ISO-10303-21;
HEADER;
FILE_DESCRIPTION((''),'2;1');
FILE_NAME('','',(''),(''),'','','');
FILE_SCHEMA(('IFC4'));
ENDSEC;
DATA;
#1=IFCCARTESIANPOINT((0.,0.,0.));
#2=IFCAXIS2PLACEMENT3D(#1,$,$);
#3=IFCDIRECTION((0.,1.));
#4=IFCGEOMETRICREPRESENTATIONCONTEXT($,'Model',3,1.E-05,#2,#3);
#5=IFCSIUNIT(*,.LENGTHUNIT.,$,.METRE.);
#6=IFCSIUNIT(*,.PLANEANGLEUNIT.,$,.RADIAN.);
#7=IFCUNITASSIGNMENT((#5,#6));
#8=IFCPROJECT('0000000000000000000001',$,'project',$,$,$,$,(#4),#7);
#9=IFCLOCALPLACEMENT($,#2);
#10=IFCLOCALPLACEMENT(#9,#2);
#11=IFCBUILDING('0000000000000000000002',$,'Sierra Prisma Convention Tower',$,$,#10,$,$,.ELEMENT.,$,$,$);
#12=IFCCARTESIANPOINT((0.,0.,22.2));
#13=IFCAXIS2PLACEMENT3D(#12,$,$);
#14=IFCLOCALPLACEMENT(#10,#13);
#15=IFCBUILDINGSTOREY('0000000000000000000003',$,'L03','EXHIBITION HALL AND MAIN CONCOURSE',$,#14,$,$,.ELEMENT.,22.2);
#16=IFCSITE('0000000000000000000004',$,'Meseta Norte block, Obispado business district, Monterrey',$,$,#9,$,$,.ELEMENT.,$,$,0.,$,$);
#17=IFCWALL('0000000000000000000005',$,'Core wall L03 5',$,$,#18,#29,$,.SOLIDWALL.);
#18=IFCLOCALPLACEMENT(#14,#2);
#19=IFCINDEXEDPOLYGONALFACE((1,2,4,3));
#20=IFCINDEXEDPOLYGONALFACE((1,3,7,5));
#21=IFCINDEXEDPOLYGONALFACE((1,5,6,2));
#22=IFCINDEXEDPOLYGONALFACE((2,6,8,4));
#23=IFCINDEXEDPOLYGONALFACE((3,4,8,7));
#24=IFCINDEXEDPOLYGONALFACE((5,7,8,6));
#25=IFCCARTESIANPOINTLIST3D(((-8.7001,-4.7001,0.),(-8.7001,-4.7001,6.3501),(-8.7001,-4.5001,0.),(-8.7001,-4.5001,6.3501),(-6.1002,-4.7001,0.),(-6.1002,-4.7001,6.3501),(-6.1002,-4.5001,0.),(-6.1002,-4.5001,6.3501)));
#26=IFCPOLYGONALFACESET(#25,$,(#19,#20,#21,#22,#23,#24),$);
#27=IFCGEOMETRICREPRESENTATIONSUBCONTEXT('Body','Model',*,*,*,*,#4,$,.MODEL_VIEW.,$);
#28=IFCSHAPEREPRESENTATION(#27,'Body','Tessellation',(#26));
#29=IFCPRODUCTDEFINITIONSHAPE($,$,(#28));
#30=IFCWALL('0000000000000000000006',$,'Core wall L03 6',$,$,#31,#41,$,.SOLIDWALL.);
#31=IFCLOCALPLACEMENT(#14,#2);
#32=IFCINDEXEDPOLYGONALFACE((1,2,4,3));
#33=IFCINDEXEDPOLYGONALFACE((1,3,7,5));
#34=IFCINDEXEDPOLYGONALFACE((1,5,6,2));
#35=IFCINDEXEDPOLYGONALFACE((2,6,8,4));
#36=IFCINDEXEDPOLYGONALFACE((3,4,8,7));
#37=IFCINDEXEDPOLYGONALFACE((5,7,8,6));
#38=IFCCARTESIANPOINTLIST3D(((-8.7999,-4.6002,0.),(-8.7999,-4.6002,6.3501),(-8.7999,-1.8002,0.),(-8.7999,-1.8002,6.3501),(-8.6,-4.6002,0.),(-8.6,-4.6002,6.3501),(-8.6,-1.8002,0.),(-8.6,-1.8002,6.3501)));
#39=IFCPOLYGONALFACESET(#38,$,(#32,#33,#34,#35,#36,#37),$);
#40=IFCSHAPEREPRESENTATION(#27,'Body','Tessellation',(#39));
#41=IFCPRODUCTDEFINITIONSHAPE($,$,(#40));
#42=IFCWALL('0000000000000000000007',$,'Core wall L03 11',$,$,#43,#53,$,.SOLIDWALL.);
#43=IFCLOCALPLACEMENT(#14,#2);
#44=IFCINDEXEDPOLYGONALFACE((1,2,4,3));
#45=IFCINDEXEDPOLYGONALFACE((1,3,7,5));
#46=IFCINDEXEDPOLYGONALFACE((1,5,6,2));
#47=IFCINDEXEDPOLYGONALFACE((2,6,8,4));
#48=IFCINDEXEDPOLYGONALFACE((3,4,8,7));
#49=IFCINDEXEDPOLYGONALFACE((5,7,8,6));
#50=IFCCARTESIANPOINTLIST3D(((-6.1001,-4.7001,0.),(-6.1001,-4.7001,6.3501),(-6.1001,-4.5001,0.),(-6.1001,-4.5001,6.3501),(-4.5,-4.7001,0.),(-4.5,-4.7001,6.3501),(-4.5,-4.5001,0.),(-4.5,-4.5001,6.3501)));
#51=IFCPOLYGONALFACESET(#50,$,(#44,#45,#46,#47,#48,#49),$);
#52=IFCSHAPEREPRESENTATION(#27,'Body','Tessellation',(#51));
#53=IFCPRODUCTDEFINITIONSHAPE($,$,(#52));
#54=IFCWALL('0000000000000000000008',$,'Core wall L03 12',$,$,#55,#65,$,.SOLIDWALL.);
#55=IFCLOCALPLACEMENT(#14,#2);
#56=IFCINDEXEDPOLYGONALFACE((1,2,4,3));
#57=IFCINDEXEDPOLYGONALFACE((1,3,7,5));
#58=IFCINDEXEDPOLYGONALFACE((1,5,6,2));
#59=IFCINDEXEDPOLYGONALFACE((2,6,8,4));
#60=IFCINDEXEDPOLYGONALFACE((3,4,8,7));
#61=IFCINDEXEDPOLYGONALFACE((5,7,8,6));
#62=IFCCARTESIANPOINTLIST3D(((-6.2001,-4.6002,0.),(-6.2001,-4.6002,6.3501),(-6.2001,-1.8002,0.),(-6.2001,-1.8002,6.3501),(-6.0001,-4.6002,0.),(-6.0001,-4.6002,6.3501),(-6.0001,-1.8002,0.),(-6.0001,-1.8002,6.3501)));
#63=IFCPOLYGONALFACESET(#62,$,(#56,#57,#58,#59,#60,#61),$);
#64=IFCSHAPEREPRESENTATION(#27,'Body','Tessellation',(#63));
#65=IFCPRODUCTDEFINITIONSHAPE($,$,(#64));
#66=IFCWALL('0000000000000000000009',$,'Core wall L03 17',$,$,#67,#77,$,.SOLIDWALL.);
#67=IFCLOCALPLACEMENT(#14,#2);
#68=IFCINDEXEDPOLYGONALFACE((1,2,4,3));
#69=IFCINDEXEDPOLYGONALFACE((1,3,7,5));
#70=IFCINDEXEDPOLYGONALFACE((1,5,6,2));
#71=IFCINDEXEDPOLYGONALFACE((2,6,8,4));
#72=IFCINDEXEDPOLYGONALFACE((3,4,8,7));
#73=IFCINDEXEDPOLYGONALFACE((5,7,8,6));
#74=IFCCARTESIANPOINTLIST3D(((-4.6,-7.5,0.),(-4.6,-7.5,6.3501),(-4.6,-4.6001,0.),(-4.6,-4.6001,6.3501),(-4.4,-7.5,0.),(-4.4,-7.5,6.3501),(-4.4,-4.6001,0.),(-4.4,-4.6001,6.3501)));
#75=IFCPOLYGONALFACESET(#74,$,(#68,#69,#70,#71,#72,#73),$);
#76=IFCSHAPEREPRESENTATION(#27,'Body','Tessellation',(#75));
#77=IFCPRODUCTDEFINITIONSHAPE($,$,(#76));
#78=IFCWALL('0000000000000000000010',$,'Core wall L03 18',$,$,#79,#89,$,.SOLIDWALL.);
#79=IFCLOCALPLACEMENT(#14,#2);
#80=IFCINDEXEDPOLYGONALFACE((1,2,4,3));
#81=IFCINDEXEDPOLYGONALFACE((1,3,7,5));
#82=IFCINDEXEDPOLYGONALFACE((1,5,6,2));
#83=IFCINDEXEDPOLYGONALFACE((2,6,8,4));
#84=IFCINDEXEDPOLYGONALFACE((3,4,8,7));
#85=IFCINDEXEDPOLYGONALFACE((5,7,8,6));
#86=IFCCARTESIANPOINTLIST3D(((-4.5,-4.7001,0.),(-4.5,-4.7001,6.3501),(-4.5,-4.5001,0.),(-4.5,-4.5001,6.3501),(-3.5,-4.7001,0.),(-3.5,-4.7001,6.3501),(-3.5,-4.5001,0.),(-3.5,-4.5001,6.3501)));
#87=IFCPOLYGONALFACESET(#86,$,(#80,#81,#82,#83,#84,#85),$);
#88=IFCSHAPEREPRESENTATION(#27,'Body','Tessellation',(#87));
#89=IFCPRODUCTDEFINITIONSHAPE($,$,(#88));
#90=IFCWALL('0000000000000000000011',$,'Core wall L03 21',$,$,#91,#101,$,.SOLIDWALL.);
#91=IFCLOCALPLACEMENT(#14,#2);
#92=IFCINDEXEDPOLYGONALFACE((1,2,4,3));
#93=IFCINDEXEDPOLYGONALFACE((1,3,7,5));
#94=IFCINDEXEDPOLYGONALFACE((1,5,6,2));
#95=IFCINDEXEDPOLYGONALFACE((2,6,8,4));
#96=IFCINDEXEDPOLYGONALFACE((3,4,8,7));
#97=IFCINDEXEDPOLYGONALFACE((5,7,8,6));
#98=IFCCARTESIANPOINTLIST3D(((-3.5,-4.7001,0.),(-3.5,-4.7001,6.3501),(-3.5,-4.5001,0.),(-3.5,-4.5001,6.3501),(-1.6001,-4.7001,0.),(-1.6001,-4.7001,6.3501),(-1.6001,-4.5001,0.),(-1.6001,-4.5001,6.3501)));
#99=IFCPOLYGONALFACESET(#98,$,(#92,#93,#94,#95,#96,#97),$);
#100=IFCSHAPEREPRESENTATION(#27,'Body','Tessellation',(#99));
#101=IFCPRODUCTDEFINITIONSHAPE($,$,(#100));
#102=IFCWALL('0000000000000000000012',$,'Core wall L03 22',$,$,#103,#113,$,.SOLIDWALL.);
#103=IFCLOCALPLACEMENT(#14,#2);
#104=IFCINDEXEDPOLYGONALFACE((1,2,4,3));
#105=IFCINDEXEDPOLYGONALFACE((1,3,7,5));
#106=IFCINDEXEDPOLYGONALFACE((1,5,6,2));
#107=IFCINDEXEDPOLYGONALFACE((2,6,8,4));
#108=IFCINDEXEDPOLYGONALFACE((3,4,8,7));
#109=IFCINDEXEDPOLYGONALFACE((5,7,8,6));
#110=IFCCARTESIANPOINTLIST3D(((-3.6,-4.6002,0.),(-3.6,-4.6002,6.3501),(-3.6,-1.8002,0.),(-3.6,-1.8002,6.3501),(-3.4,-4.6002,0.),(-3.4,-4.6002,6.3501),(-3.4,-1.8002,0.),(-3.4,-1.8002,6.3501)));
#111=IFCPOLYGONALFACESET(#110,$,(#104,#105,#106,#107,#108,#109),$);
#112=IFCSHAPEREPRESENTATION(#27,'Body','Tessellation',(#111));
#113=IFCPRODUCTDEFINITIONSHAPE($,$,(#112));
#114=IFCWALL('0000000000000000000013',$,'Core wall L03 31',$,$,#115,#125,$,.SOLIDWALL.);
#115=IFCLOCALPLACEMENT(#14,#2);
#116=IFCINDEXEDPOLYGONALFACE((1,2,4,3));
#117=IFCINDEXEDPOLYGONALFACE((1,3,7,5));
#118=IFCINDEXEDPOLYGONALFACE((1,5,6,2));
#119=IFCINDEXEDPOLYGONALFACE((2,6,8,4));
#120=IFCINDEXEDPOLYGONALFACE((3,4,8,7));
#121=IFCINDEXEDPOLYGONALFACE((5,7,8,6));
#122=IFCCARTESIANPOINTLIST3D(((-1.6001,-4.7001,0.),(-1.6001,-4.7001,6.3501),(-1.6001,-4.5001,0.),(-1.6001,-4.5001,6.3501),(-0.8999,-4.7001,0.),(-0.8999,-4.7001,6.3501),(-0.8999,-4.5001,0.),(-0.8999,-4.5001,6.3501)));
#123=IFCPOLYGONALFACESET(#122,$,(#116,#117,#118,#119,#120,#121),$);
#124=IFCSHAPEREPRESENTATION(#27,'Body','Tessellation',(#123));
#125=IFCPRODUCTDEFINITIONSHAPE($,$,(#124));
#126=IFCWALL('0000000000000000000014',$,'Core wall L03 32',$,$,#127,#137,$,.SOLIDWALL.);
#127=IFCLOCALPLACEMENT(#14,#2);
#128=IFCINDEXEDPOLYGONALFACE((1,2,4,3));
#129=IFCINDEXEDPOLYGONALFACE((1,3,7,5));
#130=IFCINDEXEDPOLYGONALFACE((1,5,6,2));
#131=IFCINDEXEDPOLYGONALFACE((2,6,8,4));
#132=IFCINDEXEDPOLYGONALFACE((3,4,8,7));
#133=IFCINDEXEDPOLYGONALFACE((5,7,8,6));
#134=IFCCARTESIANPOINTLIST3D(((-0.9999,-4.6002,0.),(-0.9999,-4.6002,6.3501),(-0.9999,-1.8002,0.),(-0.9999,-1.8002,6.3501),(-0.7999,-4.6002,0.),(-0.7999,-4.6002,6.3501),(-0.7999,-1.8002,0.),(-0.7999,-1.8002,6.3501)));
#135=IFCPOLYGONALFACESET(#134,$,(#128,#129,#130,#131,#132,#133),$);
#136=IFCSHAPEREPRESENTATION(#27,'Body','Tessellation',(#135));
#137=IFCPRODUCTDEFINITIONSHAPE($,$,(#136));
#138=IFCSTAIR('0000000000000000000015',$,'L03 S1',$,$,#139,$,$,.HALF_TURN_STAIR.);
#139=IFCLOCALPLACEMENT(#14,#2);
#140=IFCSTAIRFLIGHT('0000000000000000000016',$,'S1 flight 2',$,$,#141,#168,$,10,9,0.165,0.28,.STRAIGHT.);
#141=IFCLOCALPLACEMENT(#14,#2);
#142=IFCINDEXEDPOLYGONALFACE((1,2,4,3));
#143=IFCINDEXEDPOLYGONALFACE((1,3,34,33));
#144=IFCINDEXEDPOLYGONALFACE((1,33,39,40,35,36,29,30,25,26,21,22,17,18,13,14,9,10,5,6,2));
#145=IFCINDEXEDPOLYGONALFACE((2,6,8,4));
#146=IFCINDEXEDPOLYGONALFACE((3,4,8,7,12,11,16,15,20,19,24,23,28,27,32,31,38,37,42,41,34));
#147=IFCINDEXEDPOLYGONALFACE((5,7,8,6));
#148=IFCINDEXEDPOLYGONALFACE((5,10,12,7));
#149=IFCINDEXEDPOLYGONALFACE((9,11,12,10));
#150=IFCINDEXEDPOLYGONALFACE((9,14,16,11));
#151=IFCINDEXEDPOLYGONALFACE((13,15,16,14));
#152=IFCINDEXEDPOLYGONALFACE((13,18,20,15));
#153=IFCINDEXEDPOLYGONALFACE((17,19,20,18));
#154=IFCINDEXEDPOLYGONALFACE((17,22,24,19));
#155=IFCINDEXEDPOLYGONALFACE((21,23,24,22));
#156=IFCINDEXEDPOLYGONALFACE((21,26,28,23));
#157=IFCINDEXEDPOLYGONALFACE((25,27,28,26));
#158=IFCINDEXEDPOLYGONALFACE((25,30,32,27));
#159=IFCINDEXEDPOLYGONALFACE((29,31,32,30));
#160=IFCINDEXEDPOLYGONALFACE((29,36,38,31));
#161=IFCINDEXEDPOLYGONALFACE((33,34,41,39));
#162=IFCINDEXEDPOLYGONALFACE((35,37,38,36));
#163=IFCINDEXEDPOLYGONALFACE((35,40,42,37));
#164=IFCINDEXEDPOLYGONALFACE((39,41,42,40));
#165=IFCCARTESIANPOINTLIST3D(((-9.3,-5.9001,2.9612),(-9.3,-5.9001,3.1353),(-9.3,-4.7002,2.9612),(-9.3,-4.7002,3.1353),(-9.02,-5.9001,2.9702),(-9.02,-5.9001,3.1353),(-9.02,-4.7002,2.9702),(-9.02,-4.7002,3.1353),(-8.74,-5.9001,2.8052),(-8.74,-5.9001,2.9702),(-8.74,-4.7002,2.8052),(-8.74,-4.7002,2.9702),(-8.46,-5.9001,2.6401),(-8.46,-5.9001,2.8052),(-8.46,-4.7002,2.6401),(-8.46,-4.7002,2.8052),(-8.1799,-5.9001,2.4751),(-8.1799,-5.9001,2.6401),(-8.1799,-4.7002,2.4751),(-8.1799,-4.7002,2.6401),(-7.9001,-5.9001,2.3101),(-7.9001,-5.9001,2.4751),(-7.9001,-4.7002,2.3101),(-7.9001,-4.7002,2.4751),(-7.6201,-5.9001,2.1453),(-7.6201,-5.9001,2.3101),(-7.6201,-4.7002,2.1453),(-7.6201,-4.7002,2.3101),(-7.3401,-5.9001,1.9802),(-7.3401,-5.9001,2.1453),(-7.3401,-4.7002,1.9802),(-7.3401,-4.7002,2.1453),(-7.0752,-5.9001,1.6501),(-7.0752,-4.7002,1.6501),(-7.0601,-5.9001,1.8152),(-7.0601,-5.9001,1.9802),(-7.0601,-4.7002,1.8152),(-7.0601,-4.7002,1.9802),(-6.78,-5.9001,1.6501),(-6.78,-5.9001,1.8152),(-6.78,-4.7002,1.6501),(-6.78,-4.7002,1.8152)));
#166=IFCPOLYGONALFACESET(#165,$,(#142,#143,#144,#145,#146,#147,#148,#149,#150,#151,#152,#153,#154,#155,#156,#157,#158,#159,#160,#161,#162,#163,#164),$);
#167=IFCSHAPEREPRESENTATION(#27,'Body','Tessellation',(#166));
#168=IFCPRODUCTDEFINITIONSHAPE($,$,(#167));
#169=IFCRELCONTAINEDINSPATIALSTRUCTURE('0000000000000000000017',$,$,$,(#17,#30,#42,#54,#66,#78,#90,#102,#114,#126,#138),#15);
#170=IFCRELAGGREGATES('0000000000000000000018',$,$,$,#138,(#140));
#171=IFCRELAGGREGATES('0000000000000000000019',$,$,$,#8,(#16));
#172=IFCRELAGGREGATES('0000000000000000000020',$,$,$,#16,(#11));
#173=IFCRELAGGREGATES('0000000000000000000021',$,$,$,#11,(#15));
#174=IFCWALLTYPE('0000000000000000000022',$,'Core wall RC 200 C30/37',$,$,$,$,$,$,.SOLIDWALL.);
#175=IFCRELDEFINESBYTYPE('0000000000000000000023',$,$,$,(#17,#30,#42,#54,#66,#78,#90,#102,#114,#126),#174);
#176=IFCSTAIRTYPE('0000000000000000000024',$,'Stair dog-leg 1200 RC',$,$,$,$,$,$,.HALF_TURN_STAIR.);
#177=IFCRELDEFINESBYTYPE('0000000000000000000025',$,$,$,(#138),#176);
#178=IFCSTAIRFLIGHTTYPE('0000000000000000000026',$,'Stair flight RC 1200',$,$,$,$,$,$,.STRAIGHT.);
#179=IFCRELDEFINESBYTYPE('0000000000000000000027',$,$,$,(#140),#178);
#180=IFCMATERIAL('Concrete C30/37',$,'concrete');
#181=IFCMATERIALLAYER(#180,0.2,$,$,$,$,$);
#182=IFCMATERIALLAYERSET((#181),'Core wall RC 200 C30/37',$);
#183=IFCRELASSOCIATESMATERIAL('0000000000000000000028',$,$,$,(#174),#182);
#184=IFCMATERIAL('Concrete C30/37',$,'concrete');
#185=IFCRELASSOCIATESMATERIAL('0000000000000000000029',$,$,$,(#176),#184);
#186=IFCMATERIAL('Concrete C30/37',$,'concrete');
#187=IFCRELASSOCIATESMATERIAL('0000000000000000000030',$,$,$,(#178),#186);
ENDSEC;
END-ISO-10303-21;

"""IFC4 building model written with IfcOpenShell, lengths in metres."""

from ifc_helpers import new_model, si_unit, direction, frame, frame_2d, origin, place, context, subcontext, project, spatial, polyline, rectangle, outline, extrude, material, layer, layer_set, type_object, element, aggregate, save


model = new_model("IFC4")

# Units and contexts
model_context = context("Model", 3, precision=1e-05, world=origin(), true_north=direction((0.0, 1.0)))
body_context = subcontext(model_context, "Body", "Model", "MODEL_VIEW")
ifc_project = project(units=[si_unit("LENGTHUNIT", "METRE"), si_unit("PLANEANGLEUNIT", "RADIAN")], contexts=[model_context])

# Site, building, storey
site_placement = place(None, origin())
site = spatial("IfcSite", under=ifc_project, at=site_placement, Name="Meseta Norte block, Obispado business district, Monterrey", CompositionType="ELEMENT", RefElevation=0.0)
building_placement = place(site_placement, origin())
building = spatial("IfcBuilding", under=site, at=building_placement, Name="Sierra Prisma Convention Tower", CompositionType="ELEMENT")
storey_placement = place(building_placement, frame((0.0, 0.0, 22.2)))
storey = spatial("IfcBuildingStorey", under=building, at=storey_placement, Name="L03", Description="EXHIBITION HALL AND MAIN CONCOURSE", CompositionType="ELEMENT", Elevation=22.2)

# Walls
ifc_material_1 = material(Name="Concrete C30/37", Category="concrete")
ifc_layer = layer(ifc_material_1, 0.2)
ifc_layer_set = layer_set([ifc_layer], Name="Core wall RC 200 C30/37")
wall_type = type_object("IfcWallType", Name="Core wall RC 200 C30/37", PredefinedType="SOLIDWALL", material=ifc_layer_set)
wall_1_placement = place(storey_placement, frame((-8.7, -4.6001, 0.0), z_axis=(0.0, 0.0, 1.0), x_axis=(1.0, 0.0, 0.0)))
element("IfcWall", 1, at=wall_1_placement, inside=storey, type_object=wall_type, Name="Core wall L03 5", PredefinedType="SOLIDWALL", context=body_context, shape_type="SweptSolid", body=[
    extrude(rectangle(XDim=2.5999, YDim=0.2, at=frame_2d((1.2998, 0.0))), origin(), (0.0, 0.0, 1.0), 6.3501),
])
wall_2_placement = place(storey_placement, frame((-8.7, -4.6001, 0.0), z_axis=(0.0, 0.0, 1.0), x_axis=(0.0, 1.0, 0.0)))
element("IfcWall", 2, at=wall_2_placement, inside=storey, type_object=wall_type, Name="Core wall L03 6", PredefinedType="SOLIDWALL", context=body_context, shape_type="SweptSolid", body=[
    extrude(rectangle(XDim=2.8, YDim=0.2, at=frame_2d((1.3999, 0.0))), origin(), (0.0, 0.0, 1.0), 6.3501),
])
wall_3_placement = place(storey_placement, frame((-6.1001, -4.6001, 0.0), z_axis=(0.0, 0.0, 1.0), x_axis=(1.0, 0.0, 0.0)))
element("IfcWall", 3, at=wall_3_placement, inside=storey, type_object=wall_type, Name="Core wall L03 11", PredefinedType="SOLIDWALL", context=body_context, shape_type="SweptSolid", body=[
    extrude(rectangle(XDim=1.6001, YDim=0.2, at=frame_2d((0.8, 0.0))), origin(), (0.0, 0.0, 1.0), 6.3501),
])
wall_4_placement = place(storey_placement, frame((-6.1001, -4.6001, 0.0), z_axis=(0.0, 0.0, 1.0), x_axis=(0.0, 1.0, 0.0)))
element("IfcWall", 4, at=wall_4_placement, inside=storey, type_object=wall_type, Name="Core wall L03 12", PredefinedType="SOLIDWALL", context=body_context, shape_type="SweptSolid", body=[
    extrude(rectangle(XDim=2.8, YDim=0.2, at=frame_2d((1.3999, 0.0))), origin(), (0.0, 0.0, 1.0), 6.3501),
])
wall_5_placement = place(storey_placement, frame((-4.5, -4.6001, 0.0), z_axis=(0.0, 0.0, 1.0), x_axis=(0.0, -1.0, 0.0)))
element("IfcWall", 5, at=wall_5_placement, inside=storey, type_object=wall_type, Name="Core wall L03 17", PredefinedType="SOLIDWALL", context=body_context, shape_type="SweptSolid", body=[
    extrude(rectangle(XDim=2.8999, YDim=0.2, at=frame_2d((1.45, 0.0))), origin(), (0.0, 0.0, 1.0), 6.3501),
])
wall_6_placement = place(storey_placement, frame((-4.5, -4.6001, 0.0), z_axis=(0.0, 0.0, 1.0), x_axis=(1.0, 0.0, 0.0)))
element("IfcWall", 6, at=wall_6_placement, inside=storey, type_object=wall_type, Name="Core wall L03 18", PredefinedType="SOLIDWALL", context=body_context, shape_type="SweptSolid", body=[
    extrude(rectangle(XDim=1.0, YDim=0.2, at=frame_2d((0.5, 0.0))), origin(), (0.0, 0.0, 1.0), 6.3501),
])
wall_7_placement = place(storey_placement, frame((-3.5, -4.6001, 0.0), z_axis=(0.0, 0.0, 1.0), x_axis=(1.0, 0.0, 0.0)))
element("IfcWall", 7, at=wall_7_placement, inside=storey, type_object=wall_type, Name="Core wall L03 21", PredefinedType="SOLIDWALL", context=body_context, shape_type="SweptSolid", body=[
    extrude(rectangle(XDim=1.8999, YDim=0.2, at=frame_2d((0.95, 0.0))), origin(), (0.0, 0.0, 1.0), 6.3501),
])
wall_8_placement = place(storey_placement, frame((-3.5, -4.6001, 0.0), z_axis=(0.0, 0.0, 1.0), x_axis=(0.0, 1.0, 0.0)))
element("IfcWall", 8, at=wall_8_placement, inside=storey, type_object=wall_type, Name="Core wall L03 22", PredefinedType="SOLIDWALL", context=body_context, shape_type="SweptSolid", body=[
    extrude(rectangle(XDim=2.8, YDim=0.2, at=frame_2d((1.3999, 0.0))), origin(), (0.0, 0.0, 1.0), 6.3501),
])
wall_9_placement = place(storey_placement, frame((-1.6001, -4.6001, 0.0), z_axis=(0.0, 0.0, 1.0), x_axis=(1.0, 0.0, 0.0)))
element("IfcWall", 9, at=wall_9_placement, inside=storey, type_object=wall_type, Name="Core wall L03 31", PredefinedType="SOLIDWALL", context=body_context, shape_type="SweptSolid", body=[
    extrude(rectangle(XDim=0.7002, YDim=0.2, at=frame_2d((0.3501, 0.0))), origin(), (0.0, 0.0, 1.0), 6.3501),
])
wall_10_placement = place(storey_placement, frame((-0.8999, -4.6001, 0.0), z_axis=(0.0, 0.0, 1.0), x_axis=(0.0, 1.0, 0.0)))
element("IfcWall", 10, at=wall_10_placement, inside=storey, type_object=wall_type, Name="Core wall L03 32", PredefinedType="SOLIDWALL", context=body_context, shape_type="SweptSolid", body=[
    extrude(rectangle(XDim=2.8, YDim=0.2, at=frame_2d((1.3999, 0.0))), origin(), (0.0, 0.0, 1.0), 6.3501),
])

# Stair, stair flight
ifc_material_2 = material(Name="Concrete C30/37", Category="concrete")
stair_type = type_object("IfcStairType", Name="Stair dog-leg 1200 RC", PredefinedType="HALF_TURN_STAIR", material=ifc_material_2)
stair_placement = place(storey_placement, origin())
stair = element("IfcStair", 11, at=stair_placement, inside=storey, type_object=stair_type, Name="L03 S1", PredefinedType="HALF_TURN_STAIR")
ifc_material_3 = material(Name="Concrete C30/37", Category="concrete")
stair_flight_type = type_object("IfcStairFlightType", Name="Stair flight RC 1200", PredefinedType="STRAIGHT", material=ifc_material_3)
stair_flight_1_placement = place(storey_placement, frame((-6.78, -5.3, 1.6501), z_axis=(0.0, 0.0, 1.0), x_axis=(-1.0, 0.0, 0.0)))
stair_flight_1 = element("IfcStairFlight", 12, at=stair_flight_1_placement, type_object=stair_flight_type, Name="S1 flight 2", NumberOfRisers=10, NumberOfTreads=9, PredefinedType="STRAIGHT", RiserHeight=0.165, TreadLength=0.28, context=body_context, shape_type="SweptSolid", body=[
    extrude(outline(polyline([(0.0, 0.0), (0.0, 0.165), (0.28, 0.165), (0.28, 0.3301), (0.5601, 0.3301), (0.5601, 0.4951), (0.8401, 0.4951), (0.8401, 0.6599), (1.1201, 0.6599), (1.1201, 0.825), (1.3999, 0.825), (1.3999, 0.99), (1.6799, 0.99), (1.6799, 1.155), (1.96, 1.155), (1.96, 1.3201), (2.24, 1.3201), (2.24, 1.4851), (2.52, 1.4851), (2.52, 1.6499), (2.52, 1.311), (0.2952, 0.0), (0.0, 0.0)])), frame((0.0, 0.6001, 0.0), z_axis=(0.0, -1.0, 0.0), x_axis=(1.0, 0.0, 0.0)), (0.0, 0.0, 1.0), 1.2),
])
aggregate(stair, [stair_flight_1])

save(model, "model.ifc")
